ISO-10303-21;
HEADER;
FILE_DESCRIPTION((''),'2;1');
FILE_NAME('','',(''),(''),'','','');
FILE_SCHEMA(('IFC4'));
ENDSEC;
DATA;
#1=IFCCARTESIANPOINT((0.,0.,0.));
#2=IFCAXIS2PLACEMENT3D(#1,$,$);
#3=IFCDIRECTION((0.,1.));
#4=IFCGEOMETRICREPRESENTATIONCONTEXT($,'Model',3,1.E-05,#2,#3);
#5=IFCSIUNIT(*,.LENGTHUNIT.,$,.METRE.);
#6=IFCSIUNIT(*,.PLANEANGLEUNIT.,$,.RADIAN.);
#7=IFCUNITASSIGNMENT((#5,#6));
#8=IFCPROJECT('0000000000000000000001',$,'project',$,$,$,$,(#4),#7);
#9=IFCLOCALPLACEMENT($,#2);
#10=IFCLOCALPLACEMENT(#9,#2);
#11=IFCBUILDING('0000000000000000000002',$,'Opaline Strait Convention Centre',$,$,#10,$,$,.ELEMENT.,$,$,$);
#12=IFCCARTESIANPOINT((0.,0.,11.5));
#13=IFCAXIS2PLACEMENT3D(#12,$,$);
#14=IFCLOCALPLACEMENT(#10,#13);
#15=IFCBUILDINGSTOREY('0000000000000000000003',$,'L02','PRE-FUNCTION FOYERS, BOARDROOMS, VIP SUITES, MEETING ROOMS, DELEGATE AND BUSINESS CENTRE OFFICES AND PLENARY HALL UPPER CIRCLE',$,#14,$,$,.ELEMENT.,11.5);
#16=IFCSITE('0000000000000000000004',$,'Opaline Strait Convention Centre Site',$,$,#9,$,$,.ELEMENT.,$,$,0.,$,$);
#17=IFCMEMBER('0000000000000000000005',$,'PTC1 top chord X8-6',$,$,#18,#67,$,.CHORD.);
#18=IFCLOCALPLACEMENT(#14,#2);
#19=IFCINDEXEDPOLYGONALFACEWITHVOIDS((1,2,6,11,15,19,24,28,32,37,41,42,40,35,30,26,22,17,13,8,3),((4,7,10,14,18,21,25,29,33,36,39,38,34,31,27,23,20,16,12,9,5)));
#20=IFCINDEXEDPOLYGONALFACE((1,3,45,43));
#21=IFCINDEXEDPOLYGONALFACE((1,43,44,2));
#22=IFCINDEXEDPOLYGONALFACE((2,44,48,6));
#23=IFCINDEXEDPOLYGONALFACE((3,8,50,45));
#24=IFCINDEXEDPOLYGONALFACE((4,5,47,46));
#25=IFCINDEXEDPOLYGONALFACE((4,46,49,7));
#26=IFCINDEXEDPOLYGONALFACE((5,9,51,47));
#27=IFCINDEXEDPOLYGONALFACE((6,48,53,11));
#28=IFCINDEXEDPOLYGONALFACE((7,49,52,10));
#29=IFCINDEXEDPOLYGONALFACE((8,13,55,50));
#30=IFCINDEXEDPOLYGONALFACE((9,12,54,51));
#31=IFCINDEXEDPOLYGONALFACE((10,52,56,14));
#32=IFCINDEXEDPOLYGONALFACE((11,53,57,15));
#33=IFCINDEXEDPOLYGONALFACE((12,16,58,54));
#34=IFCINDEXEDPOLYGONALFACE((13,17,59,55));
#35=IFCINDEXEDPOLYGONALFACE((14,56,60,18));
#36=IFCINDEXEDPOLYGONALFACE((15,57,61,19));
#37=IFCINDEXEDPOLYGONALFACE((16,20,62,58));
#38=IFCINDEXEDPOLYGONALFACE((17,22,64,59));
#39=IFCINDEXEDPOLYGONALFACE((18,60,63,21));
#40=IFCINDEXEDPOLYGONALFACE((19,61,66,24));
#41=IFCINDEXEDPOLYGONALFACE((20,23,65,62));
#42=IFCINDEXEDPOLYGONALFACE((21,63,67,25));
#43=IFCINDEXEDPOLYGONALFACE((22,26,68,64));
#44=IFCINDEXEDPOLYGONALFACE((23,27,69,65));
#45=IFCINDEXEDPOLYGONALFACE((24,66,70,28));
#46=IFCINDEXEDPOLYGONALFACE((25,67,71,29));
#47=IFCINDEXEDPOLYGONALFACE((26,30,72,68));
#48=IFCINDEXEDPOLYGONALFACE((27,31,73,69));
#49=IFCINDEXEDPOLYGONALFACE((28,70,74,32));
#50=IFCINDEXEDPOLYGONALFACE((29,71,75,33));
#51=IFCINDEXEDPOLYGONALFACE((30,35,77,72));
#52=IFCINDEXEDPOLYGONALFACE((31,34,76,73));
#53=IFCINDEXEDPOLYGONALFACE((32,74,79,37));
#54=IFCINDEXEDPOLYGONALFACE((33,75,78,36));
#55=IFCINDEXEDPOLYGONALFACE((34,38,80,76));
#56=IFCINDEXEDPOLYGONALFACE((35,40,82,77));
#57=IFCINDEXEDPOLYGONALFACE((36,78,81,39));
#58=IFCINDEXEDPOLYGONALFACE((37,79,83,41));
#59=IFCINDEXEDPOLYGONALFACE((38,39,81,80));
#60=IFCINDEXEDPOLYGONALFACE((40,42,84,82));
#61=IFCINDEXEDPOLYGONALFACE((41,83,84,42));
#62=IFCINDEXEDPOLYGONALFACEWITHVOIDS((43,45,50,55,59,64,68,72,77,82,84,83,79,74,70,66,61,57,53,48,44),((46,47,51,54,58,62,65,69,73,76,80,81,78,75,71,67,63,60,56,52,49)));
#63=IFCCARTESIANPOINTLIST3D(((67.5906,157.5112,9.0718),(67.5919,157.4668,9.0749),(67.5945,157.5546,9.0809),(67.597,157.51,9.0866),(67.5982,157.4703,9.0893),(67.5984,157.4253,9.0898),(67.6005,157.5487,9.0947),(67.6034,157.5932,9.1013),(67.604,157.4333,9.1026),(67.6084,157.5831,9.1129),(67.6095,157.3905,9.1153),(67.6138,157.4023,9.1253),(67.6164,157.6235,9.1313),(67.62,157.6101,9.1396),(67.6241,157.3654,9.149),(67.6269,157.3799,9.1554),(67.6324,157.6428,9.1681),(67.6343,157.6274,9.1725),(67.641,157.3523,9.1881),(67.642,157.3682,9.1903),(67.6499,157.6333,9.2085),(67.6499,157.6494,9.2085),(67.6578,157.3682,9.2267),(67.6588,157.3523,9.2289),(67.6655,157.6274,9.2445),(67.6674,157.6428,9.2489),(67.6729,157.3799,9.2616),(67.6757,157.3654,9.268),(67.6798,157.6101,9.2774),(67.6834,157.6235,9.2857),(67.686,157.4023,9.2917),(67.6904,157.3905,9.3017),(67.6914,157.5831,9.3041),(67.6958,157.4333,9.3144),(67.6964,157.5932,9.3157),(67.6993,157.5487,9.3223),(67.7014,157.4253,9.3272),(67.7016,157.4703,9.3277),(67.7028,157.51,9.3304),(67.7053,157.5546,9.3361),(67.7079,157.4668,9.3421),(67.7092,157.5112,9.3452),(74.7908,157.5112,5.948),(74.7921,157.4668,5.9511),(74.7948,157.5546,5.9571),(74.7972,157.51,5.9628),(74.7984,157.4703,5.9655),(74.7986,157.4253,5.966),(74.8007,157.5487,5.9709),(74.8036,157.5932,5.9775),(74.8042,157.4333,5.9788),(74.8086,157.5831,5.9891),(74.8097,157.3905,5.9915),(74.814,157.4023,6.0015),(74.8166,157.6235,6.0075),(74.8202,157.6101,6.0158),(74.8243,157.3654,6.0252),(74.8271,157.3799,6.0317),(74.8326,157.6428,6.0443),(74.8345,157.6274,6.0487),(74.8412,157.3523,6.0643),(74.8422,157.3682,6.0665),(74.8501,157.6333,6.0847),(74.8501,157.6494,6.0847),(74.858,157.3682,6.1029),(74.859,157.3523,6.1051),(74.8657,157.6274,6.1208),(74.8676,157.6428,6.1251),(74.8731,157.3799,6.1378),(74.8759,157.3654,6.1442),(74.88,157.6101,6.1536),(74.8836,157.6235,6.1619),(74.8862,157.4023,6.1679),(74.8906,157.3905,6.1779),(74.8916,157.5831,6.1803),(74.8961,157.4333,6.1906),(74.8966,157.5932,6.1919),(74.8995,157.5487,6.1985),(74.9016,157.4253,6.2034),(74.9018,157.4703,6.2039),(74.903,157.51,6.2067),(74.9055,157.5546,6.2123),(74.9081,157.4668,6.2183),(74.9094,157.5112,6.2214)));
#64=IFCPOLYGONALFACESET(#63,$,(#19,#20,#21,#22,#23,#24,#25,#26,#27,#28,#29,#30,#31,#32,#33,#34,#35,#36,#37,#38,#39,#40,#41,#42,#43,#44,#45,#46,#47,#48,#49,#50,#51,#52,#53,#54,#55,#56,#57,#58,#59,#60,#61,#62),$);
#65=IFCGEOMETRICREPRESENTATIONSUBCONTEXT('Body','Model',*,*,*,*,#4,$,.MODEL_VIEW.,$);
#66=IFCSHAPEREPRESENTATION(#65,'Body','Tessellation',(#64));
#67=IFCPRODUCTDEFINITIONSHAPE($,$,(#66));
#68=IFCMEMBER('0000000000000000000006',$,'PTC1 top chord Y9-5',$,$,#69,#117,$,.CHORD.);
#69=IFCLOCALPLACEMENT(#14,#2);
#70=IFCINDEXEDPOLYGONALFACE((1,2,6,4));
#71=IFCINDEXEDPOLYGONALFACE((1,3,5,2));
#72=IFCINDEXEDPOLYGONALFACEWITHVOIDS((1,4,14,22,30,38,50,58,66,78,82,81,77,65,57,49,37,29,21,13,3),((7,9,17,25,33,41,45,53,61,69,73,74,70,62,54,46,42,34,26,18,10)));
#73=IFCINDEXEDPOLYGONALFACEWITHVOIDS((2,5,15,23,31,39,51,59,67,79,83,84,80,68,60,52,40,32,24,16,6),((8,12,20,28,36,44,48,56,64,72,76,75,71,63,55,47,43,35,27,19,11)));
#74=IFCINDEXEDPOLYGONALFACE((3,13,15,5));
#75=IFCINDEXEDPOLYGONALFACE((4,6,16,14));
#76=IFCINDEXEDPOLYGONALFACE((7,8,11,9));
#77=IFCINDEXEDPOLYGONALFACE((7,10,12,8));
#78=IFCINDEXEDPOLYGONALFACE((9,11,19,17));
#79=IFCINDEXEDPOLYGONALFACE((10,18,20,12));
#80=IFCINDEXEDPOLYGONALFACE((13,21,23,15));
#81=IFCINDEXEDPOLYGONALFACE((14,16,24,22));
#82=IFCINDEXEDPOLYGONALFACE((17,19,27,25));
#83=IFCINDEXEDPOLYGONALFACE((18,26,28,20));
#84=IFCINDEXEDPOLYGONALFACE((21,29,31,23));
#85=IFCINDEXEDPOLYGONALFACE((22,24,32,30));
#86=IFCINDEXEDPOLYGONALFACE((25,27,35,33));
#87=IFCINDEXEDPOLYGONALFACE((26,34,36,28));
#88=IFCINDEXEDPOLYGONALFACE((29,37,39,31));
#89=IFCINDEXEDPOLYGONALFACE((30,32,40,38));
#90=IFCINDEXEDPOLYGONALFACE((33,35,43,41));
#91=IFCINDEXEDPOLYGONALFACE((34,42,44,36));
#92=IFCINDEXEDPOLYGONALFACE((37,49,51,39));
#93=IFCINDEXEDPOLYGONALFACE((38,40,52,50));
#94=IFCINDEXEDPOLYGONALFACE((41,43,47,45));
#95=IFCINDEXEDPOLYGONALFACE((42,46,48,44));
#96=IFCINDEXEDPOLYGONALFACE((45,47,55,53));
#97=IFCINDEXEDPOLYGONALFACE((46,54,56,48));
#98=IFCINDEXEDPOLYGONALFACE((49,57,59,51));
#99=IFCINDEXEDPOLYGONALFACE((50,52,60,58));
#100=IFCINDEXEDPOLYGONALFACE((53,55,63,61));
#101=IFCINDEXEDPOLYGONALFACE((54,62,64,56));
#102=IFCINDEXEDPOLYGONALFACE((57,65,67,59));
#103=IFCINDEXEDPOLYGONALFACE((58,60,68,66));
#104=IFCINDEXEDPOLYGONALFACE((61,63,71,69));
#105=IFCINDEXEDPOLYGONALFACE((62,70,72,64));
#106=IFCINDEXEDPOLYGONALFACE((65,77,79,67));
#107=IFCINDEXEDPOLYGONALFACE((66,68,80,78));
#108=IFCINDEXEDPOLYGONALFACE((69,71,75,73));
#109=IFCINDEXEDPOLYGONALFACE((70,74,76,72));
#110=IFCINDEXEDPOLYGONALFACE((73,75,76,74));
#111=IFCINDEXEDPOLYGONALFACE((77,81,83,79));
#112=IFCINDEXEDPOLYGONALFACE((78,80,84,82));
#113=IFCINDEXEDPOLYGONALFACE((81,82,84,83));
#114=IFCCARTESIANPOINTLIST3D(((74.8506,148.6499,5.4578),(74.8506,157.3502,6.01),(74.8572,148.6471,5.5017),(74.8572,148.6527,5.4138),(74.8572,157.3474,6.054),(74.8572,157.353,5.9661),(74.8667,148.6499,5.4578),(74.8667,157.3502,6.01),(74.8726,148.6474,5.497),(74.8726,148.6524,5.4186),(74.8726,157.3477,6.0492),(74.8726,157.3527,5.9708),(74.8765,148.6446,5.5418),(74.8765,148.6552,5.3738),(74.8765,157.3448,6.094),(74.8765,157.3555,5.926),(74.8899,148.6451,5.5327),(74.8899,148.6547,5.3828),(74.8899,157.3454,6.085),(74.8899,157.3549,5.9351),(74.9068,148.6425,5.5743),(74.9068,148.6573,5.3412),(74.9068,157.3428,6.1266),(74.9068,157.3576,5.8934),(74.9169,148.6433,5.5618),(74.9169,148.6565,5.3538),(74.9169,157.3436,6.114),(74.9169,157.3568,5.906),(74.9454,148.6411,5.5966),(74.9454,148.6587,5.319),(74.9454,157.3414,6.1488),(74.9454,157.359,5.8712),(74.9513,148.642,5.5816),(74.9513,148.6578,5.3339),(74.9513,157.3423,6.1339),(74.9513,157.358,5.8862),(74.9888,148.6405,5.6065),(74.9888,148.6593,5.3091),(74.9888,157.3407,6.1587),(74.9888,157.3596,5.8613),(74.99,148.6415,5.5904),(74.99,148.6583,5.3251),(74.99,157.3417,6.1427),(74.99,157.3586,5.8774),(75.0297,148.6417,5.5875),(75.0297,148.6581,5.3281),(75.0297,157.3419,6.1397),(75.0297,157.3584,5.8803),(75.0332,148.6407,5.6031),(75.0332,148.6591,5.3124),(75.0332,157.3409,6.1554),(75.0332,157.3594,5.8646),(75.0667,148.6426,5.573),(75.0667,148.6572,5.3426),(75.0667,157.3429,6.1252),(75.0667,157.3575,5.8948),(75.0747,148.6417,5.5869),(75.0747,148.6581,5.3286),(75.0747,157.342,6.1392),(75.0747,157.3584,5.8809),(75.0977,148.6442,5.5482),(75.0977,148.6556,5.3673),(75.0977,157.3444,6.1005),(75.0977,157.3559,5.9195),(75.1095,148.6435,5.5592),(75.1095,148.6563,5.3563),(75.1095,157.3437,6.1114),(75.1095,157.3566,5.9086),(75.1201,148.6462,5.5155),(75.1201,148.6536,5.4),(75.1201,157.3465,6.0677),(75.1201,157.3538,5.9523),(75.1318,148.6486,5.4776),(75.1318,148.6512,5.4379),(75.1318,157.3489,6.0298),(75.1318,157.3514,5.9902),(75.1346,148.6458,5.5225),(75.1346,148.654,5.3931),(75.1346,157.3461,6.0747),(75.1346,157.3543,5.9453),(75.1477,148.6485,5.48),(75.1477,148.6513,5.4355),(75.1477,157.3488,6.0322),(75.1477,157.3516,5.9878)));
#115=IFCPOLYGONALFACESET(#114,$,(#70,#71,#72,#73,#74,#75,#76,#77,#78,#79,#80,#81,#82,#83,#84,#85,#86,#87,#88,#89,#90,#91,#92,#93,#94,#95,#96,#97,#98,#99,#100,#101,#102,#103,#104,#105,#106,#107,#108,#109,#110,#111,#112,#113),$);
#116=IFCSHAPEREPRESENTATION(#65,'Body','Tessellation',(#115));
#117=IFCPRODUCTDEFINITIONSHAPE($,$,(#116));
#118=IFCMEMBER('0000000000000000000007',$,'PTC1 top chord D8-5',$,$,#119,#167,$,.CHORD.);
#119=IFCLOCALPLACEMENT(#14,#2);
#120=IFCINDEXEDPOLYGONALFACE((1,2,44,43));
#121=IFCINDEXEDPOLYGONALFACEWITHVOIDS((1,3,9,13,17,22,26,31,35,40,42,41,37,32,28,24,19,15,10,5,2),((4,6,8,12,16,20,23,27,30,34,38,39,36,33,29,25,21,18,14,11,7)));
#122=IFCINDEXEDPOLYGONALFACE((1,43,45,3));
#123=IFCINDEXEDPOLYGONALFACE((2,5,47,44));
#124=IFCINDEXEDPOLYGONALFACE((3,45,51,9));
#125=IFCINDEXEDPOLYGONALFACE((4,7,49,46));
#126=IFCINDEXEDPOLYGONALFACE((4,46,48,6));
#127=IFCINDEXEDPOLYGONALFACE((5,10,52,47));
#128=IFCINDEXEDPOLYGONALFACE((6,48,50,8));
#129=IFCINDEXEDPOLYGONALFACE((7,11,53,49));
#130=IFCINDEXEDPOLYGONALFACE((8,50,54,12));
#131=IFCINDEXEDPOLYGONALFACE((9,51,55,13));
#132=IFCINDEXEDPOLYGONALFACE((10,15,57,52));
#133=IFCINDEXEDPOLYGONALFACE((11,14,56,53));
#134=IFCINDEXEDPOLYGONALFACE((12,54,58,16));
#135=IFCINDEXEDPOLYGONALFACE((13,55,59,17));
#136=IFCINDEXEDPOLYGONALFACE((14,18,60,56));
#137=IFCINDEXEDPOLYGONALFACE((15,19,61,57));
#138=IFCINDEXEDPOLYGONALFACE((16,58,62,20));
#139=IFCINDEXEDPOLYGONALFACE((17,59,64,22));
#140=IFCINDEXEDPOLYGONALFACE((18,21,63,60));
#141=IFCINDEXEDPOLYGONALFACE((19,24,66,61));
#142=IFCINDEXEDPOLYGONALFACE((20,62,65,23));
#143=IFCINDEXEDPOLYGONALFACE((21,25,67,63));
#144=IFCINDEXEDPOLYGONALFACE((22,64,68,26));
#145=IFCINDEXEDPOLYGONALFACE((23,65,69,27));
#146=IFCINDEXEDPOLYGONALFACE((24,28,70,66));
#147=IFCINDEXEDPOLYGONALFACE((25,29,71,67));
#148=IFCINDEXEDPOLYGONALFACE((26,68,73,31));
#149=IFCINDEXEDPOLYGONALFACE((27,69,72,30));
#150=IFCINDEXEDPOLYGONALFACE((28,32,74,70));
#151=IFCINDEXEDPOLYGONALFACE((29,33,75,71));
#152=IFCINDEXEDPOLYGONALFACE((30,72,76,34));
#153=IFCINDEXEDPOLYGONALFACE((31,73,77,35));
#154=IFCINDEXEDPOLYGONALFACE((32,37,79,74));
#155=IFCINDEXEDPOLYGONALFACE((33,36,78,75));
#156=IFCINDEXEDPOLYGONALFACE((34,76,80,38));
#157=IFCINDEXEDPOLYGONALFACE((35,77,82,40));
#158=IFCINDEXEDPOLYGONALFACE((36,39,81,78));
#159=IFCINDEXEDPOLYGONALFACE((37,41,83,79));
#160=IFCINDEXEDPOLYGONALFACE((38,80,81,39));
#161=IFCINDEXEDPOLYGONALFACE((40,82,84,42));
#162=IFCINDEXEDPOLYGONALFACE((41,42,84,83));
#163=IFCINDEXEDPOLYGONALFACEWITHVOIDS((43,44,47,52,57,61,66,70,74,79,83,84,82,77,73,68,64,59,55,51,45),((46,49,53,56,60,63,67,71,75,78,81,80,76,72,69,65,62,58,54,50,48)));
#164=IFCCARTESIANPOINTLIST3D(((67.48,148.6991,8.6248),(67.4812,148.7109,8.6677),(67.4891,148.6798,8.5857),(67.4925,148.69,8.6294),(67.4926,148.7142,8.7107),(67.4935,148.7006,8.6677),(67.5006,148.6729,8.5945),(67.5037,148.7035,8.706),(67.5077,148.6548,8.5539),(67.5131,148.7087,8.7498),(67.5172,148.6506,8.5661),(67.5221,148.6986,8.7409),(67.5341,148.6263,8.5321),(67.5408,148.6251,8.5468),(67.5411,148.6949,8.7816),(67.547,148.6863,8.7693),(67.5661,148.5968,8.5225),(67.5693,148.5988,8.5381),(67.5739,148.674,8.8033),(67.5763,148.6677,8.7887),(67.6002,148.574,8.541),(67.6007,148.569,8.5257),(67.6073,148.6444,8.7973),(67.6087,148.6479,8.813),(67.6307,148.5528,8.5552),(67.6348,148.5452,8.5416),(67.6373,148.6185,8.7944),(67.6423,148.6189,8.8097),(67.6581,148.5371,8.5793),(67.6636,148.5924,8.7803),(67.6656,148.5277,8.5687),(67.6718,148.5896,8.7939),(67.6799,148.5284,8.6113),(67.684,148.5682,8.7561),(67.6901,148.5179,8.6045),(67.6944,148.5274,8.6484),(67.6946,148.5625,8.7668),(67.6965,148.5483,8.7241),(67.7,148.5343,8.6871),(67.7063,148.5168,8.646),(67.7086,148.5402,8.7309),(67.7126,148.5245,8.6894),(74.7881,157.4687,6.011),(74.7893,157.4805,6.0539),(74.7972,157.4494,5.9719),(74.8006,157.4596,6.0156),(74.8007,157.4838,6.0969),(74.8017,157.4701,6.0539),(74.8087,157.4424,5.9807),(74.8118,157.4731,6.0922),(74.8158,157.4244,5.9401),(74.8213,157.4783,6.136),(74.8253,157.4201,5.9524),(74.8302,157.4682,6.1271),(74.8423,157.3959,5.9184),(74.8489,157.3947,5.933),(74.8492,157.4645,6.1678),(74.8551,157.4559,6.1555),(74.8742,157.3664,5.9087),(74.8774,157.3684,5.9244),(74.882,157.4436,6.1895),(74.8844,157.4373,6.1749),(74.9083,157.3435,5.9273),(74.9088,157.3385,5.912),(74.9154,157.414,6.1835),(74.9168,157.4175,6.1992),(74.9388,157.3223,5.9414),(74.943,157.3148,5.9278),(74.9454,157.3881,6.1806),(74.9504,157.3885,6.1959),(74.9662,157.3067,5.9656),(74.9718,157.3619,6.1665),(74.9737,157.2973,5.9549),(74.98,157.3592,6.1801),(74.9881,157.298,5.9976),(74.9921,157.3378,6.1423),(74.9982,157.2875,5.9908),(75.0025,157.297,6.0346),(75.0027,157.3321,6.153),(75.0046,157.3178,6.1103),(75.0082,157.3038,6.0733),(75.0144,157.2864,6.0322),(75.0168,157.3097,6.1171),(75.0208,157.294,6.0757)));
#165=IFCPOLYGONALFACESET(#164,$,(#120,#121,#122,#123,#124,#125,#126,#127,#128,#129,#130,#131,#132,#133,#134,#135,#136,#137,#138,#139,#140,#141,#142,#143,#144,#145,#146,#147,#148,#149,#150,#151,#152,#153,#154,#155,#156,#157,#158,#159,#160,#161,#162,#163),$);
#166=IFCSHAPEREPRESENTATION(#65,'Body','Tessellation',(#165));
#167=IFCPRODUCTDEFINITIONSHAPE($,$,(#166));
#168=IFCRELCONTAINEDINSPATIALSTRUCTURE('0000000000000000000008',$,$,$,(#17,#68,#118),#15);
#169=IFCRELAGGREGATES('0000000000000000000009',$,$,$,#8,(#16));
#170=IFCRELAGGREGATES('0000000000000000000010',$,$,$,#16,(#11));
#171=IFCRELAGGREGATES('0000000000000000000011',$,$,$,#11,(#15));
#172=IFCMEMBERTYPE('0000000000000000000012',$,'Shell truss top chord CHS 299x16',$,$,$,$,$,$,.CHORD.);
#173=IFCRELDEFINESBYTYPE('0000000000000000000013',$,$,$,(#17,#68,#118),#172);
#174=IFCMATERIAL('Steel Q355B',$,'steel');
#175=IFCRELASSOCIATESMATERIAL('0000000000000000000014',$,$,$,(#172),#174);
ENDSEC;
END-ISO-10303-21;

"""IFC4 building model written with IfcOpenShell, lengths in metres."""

from ifc_helpers import new_model, si_unit, direction, frame, origin, origin_2d, place, context, subcontext, project, spatial, hollow_circle, extrude, material, material_profile, profile_set, type_object, element, save


model = new_model("IFC4")

# Units and contexts
model_context = context("Model", 3, precision=1e-05, world=origin(), true_north=direction((0.0, 1.0)))
body_context = subcontext(model_context, "Body", "Model", "MODEL_VIEW")
ifc_project = project(units=[si_unit("LENGTHUNIT", "METRE"), si_unit("PLANEANGLEUNIT", "RADIAN")], contexts=[model_context])

# Site, building, storey
site_placement = place(None, origin())
site = spatial("IfcSite", under=ifc_project, at=site_placement, Name="Opaline Strait Convention Centre Site", CompositionType="ELEMENT", RefElevation=0.0)
building_placement = place(site_placement, origin())
building = spatial("IfcBuilding", under=site, at=building_placement, Name="Opaline Strait Convention Centre", CompositionType="ELEMENT")
storey_placement = place(building_placement, frame((0.0, 0.0, 11.5)))
storey = spatial("IfcBuildingStorey", under=building, at=storey_placement, Name="L02", Description="PRE-FUNCTION FOYERS, BOARDROOMS, VIP SUITES, MEETING ROOMS, DELEGATE AND BUSINESS CENTRE OFFICES AND PLENARY HALL UPPER CIRCLE", CompositionType="ELEMENT", Elevation=11.5)

# Members
ifc_material_1 = material(Name="Steel Q355B", Category="steel")
ifc_material_profile_1 = material_profile(ifc_material_1, hollow_circle(Radius=0.1494, WallThickness=0.0161, at=origin_2d()), Name="CHS 299x16")
ifc_profile_set_1 = profile_set([ifc_material_profile_1], Name="Steel Q355B")
member_type_1 = type_object("IfcMemberType", Name="Shell truss top chord CHS 299x16", PredefinedType="CHORD", material=ifc_profile_set_1)
for number, where, z_axis, x_axis, name in (
    (1, (67.6499, 157.5, 9.2085), (0.917384, 0.0, -0.398004), (0.0, 1.0, 0.0), "PTC1 top chord X8-6"),
):
    element("IfcMember", number, at=place(storey_placement, frame(where, z_axis=z_axis, x_axis=x_axis)), inside=storey, type_object=member_type_1, Name=name, PredefinedType="CHORD", context=body_context, shape_type="SweptSolid", body=[
        extrude(hollow_circle(Radius=0.1494, WallThickness=0.0161, at=origin_2d()), origin(), (0.0, 0.0, 1.0), 7.8486),
    ])
member_1_placement = place(storey_placement, frame((75.0, 148.6499, 5.4578), z_axis=(0.0, 0.997992, 0.063348), x_axis=(-1.0, 0.0, 0.0)))
element("IfcMember", 2, at=member_1_placement, inside=storey, type_object=member_type_1, Name="PTC1 top chord Y9-5", PredefinedType="CHORD", context=body_context, shape_type="SweptSolid", body=[
    extrude(hollow_circle(Radius=0.1494, WallThickness=0.0161, at=origin_2d()), origin(), (0.0, 0.0, 1.0), 8.7178),
])
member_2_placement = place(storey_placement, frame((67.5959, 148.6152, 8.6677), z_axis=(0.624044, 0.748836, -0.223191), x_axis=(-0.768214, 0.640193, 0.0)))
element("IfcMember", 3, at=member_2_placement, inside=storey, type_object=member_type_1, Name="PTC1 top chord D8-5", PredefinedType="CHORD", context=body_context, shape_type="SweptSolid", body=[
    extrude(hollow_circle(Radius=0.1494, WallThickness=0.0161, at=origin_2d()), origin(), (0.0, 0.0, 1.0), 11.7109),
])

save(model, "model.ifc")
